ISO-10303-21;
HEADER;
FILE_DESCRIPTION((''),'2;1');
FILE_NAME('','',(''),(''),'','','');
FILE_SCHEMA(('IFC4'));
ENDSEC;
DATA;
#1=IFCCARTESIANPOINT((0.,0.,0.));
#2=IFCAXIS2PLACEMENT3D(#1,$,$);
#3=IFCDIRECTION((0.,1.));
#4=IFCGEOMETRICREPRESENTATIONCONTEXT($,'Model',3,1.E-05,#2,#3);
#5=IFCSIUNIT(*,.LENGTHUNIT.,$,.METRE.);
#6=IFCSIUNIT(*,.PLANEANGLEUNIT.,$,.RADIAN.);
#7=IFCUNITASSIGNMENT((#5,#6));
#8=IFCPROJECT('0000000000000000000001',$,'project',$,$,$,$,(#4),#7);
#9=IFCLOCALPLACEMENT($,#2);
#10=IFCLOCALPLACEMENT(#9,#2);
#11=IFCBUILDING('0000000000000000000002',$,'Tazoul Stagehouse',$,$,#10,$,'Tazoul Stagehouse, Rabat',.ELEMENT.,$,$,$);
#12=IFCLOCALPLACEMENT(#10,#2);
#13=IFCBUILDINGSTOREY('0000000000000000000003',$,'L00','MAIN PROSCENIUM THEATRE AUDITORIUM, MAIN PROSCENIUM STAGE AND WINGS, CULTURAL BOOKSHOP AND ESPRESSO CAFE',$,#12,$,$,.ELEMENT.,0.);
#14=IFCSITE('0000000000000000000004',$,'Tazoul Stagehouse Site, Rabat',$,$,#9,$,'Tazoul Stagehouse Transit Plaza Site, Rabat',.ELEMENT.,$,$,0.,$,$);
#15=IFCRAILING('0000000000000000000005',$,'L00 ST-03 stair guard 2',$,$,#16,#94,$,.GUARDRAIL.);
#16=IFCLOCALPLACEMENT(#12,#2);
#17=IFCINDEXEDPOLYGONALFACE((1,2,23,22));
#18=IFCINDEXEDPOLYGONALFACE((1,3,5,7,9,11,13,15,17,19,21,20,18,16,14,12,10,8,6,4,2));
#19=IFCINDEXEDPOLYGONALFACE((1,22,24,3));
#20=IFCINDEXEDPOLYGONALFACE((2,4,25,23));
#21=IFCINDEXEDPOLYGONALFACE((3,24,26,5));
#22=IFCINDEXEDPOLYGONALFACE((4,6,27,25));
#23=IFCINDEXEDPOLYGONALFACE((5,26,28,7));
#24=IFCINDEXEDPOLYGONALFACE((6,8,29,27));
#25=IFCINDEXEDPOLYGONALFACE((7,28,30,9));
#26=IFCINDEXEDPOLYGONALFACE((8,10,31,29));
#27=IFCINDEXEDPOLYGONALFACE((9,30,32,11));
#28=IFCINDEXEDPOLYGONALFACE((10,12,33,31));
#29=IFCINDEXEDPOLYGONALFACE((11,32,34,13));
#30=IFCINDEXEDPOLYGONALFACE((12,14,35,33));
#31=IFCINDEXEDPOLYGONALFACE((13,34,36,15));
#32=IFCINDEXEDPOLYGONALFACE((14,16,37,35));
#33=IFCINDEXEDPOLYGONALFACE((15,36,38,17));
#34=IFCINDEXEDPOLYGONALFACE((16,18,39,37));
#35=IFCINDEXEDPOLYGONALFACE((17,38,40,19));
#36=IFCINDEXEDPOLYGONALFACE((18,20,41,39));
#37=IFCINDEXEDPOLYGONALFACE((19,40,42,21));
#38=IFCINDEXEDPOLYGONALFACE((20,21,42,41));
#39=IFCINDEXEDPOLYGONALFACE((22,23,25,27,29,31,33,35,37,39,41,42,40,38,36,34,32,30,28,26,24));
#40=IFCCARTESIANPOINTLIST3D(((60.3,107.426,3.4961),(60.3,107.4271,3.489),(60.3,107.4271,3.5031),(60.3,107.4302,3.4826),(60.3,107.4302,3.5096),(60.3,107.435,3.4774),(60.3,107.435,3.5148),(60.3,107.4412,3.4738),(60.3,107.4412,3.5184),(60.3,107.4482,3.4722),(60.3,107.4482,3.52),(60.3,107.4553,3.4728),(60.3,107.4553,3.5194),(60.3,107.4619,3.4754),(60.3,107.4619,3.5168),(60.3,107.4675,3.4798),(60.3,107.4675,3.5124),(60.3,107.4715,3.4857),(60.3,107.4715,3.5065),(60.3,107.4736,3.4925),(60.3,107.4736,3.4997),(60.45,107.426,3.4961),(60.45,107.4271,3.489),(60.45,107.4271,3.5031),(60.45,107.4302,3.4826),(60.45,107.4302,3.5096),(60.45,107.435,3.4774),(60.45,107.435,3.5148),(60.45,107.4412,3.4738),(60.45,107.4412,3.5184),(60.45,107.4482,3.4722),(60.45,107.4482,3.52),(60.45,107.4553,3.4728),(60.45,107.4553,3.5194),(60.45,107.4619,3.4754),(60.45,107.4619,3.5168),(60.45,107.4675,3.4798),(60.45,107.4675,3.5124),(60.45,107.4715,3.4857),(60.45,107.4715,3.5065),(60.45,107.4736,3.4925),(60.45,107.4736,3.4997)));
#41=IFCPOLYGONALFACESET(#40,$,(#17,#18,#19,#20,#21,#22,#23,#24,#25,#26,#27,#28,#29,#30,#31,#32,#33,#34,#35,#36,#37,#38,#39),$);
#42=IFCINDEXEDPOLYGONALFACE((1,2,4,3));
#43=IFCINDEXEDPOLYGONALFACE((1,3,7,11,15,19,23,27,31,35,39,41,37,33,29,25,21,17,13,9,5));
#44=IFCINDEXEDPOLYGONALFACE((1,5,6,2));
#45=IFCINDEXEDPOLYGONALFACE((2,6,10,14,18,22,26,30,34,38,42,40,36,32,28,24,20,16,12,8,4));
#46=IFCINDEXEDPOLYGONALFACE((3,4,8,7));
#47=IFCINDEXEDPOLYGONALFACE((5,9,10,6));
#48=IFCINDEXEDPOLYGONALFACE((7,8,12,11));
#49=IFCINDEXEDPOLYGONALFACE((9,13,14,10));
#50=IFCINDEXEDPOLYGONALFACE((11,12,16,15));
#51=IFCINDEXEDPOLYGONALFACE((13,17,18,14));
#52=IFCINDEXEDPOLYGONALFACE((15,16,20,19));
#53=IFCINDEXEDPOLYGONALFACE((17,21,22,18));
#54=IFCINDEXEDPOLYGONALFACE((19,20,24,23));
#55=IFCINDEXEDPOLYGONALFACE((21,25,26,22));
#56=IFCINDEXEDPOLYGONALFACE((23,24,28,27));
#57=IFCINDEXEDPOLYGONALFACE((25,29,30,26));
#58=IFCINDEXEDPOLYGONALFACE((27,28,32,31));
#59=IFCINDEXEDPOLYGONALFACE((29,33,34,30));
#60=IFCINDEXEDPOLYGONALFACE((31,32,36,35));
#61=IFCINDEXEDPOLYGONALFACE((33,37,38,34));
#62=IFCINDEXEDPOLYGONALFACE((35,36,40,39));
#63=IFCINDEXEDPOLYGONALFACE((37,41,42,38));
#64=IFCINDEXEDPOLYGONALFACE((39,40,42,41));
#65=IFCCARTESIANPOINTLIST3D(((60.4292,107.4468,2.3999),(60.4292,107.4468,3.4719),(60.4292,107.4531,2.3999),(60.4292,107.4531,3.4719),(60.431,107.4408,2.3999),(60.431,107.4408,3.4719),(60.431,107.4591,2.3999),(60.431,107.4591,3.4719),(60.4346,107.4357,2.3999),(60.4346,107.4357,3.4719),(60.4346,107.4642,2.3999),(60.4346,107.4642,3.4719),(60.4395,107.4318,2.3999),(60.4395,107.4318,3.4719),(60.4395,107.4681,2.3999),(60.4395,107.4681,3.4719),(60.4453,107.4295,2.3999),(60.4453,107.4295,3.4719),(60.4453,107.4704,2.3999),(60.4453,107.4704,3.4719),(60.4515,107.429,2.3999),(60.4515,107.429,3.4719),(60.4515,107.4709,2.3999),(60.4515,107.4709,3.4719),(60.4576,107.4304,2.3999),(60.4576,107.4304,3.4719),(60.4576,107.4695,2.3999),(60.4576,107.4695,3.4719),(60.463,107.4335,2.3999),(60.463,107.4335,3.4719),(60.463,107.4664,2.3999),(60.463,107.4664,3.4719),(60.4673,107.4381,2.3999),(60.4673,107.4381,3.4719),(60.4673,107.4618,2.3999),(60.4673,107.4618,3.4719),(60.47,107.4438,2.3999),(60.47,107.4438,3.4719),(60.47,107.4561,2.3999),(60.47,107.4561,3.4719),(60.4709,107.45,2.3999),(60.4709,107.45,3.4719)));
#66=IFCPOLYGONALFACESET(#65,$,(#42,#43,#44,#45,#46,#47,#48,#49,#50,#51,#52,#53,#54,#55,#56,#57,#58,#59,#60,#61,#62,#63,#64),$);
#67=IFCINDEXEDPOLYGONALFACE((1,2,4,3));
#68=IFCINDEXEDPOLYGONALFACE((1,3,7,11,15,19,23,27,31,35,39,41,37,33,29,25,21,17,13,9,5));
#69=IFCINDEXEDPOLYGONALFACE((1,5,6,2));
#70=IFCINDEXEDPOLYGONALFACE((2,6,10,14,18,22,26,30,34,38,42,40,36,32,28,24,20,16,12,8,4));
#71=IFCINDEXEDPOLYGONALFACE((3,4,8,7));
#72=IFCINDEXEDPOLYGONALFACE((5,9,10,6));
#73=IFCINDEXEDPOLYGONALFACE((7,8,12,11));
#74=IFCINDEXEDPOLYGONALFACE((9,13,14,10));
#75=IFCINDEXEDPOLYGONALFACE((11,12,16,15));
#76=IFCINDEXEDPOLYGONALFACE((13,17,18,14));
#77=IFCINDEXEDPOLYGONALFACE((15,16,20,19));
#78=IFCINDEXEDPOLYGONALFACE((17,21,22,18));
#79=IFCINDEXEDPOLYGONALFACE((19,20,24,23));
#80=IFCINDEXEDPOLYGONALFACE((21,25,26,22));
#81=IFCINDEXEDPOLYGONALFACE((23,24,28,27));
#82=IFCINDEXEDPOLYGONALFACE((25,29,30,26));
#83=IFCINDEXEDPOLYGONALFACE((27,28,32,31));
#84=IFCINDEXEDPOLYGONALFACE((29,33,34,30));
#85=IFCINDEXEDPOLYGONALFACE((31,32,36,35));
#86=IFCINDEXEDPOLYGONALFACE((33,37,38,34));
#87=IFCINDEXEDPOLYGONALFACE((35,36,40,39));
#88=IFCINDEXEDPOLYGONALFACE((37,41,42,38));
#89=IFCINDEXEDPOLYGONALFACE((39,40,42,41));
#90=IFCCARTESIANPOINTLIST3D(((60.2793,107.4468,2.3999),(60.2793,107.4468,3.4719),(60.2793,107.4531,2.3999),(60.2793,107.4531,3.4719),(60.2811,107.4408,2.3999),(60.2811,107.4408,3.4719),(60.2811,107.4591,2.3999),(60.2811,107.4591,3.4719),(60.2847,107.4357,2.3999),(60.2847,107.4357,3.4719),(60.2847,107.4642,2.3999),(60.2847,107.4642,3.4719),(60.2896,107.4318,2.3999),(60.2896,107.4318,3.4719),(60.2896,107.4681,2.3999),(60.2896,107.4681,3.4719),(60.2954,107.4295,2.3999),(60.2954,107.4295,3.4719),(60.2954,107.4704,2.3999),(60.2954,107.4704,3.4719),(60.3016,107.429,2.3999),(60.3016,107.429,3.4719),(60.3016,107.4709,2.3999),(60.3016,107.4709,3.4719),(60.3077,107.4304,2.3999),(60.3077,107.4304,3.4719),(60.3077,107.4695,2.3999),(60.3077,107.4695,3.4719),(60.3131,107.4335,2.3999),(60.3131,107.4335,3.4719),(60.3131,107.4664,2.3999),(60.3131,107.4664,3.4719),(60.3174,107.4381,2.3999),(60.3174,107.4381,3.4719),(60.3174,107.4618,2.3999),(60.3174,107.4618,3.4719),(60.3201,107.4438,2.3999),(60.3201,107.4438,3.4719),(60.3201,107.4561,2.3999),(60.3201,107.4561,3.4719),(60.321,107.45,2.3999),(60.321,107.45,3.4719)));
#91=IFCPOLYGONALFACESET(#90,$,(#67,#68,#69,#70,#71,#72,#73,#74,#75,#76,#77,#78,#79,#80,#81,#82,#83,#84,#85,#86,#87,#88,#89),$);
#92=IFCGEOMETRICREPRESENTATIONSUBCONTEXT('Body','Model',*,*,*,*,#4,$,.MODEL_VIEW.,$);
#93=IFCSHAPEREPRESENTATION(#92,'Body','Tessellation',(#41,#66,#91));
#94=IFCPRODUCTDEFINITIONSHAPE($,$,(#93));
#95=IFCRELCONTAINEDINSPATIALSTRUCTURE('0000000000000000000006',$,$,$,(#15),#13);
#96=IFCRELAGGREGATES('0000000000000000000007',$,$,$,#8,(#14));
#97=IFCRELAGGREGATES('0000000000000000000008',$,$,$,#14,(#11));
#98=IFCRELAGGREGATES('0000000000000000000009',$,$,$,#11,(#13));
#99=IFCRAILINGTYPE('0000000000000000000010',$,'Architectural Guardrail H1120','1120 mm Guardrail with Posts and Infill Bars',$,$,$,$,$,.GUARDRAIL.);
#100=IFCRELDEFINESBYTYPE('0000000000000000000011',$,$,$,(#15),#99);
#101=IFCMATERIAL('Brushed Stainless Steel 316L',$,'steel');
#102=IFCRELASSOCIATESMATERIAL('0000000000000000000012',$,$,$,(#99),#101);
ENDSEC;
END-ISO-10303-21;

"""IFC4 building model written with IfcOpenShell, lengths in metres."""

from ifc_helpers import new_model, si_unit, direction, frame, origin, origin_2d, place, context, subcontext, project, spatial, circle, extrude, material, material_profile, profile_set, type_object, element, save


model = new_model("IFC4")

# Units and contexts
model_context = context("Model", 3, precision=1e-05, world=origin(), true_north=direction((0.0, 1.0)))
body_context = subcontext(model_context, "Body", "Model", "MODEL_VIEW")
ifc_project = project(units=[si_unit("LENGTHUNIT", "METRE"), si_unit("PLANEANGLEUNIT", "RADIAN")], contexts=[model_context])

# Site, building, storey
site_placement = place(None, origin())
site = spatial("IfcSite", under=ifc_project, at=site_placement, Name="Tazoul Stagehouse Site, Rabat", LongName="Tazoul Stagehouse Transit Plaza Site, Rabat", CompositionType="ELEMENT", RefElevation=0.0)
building_placement = place(site_placement, origin())
building = spatial("IfcBuilding", under=site, at=building_placement, Name="Tazoul Stagehouse", LongName="Tazoul Stagehouse, Rabat", CompositionType="ELEMENT")
storey_placement = place(building_placement, origin())
storey = spatial("IfcBuildingStorey", under=building, at=storey_placement, Name="L00", Description="MAIN PROSCENIUM THEATRE AUDITORIUM, MAIN PROSCENIUM STAGE AND WINGS, CULTURAL BOOKSHOP AND ESPRESSO CAFE", CompositionType="ELEMENT", Elevation=0.0)

# Railing
ifc_material_1 = material(Name="Brushed Stainless Steel 316L", Category="steel")
ifc_material_profile_1 = material_profile(ifc_material_1, circle(Radius=0.0239, at=origin_2d()), Name="SS RAIL D48")
ifc_profile_set_1 = profile_set([ifc_material_profile_1], Name="Brushed Stainless Steel 316L")
railing_type_1 = type_object("IfcRailingType", Name="Architectural Guardrail H1120", Description="1120 mm Guardrail with Posts and Infill Bars", PredefinedType="GUARDRAIL", material=ifc_profile_set_1)
railing_1_placement = place(storey_placement, frame((60.45, 107.45, 2.3999)))
element("IfcRailing", 1, at=railing_1_placement, inside=storey, type_object=railing_type_1, Name="L00 ST-03 stair guard 2", PredefinedType="GUARDRAIL", context=body_context, shape_type="SweptSolid", body=[
    extrude(circle(Radius=0.0239, at=origin_2d()), frame((0.0, 0.0, 1.0962), z_axis=(-1.0, 0.0, 0.0), x_axis=(0.0, -1.0, 0.0)), (0.0, 0.0, 1.0), 0.1499),
    extrude(circle(Radius=0.021, at=origin_2d()), origin(), (0.0, 0.0, 1.0), 1.072),
    extrude(circle(Radius=0.021, at=origin_2d()), frame((-0.1499, 0.0, 0.0)), (0.0, 0.0, 1.0), 1.072),
])

save(model, "model.ifc")
